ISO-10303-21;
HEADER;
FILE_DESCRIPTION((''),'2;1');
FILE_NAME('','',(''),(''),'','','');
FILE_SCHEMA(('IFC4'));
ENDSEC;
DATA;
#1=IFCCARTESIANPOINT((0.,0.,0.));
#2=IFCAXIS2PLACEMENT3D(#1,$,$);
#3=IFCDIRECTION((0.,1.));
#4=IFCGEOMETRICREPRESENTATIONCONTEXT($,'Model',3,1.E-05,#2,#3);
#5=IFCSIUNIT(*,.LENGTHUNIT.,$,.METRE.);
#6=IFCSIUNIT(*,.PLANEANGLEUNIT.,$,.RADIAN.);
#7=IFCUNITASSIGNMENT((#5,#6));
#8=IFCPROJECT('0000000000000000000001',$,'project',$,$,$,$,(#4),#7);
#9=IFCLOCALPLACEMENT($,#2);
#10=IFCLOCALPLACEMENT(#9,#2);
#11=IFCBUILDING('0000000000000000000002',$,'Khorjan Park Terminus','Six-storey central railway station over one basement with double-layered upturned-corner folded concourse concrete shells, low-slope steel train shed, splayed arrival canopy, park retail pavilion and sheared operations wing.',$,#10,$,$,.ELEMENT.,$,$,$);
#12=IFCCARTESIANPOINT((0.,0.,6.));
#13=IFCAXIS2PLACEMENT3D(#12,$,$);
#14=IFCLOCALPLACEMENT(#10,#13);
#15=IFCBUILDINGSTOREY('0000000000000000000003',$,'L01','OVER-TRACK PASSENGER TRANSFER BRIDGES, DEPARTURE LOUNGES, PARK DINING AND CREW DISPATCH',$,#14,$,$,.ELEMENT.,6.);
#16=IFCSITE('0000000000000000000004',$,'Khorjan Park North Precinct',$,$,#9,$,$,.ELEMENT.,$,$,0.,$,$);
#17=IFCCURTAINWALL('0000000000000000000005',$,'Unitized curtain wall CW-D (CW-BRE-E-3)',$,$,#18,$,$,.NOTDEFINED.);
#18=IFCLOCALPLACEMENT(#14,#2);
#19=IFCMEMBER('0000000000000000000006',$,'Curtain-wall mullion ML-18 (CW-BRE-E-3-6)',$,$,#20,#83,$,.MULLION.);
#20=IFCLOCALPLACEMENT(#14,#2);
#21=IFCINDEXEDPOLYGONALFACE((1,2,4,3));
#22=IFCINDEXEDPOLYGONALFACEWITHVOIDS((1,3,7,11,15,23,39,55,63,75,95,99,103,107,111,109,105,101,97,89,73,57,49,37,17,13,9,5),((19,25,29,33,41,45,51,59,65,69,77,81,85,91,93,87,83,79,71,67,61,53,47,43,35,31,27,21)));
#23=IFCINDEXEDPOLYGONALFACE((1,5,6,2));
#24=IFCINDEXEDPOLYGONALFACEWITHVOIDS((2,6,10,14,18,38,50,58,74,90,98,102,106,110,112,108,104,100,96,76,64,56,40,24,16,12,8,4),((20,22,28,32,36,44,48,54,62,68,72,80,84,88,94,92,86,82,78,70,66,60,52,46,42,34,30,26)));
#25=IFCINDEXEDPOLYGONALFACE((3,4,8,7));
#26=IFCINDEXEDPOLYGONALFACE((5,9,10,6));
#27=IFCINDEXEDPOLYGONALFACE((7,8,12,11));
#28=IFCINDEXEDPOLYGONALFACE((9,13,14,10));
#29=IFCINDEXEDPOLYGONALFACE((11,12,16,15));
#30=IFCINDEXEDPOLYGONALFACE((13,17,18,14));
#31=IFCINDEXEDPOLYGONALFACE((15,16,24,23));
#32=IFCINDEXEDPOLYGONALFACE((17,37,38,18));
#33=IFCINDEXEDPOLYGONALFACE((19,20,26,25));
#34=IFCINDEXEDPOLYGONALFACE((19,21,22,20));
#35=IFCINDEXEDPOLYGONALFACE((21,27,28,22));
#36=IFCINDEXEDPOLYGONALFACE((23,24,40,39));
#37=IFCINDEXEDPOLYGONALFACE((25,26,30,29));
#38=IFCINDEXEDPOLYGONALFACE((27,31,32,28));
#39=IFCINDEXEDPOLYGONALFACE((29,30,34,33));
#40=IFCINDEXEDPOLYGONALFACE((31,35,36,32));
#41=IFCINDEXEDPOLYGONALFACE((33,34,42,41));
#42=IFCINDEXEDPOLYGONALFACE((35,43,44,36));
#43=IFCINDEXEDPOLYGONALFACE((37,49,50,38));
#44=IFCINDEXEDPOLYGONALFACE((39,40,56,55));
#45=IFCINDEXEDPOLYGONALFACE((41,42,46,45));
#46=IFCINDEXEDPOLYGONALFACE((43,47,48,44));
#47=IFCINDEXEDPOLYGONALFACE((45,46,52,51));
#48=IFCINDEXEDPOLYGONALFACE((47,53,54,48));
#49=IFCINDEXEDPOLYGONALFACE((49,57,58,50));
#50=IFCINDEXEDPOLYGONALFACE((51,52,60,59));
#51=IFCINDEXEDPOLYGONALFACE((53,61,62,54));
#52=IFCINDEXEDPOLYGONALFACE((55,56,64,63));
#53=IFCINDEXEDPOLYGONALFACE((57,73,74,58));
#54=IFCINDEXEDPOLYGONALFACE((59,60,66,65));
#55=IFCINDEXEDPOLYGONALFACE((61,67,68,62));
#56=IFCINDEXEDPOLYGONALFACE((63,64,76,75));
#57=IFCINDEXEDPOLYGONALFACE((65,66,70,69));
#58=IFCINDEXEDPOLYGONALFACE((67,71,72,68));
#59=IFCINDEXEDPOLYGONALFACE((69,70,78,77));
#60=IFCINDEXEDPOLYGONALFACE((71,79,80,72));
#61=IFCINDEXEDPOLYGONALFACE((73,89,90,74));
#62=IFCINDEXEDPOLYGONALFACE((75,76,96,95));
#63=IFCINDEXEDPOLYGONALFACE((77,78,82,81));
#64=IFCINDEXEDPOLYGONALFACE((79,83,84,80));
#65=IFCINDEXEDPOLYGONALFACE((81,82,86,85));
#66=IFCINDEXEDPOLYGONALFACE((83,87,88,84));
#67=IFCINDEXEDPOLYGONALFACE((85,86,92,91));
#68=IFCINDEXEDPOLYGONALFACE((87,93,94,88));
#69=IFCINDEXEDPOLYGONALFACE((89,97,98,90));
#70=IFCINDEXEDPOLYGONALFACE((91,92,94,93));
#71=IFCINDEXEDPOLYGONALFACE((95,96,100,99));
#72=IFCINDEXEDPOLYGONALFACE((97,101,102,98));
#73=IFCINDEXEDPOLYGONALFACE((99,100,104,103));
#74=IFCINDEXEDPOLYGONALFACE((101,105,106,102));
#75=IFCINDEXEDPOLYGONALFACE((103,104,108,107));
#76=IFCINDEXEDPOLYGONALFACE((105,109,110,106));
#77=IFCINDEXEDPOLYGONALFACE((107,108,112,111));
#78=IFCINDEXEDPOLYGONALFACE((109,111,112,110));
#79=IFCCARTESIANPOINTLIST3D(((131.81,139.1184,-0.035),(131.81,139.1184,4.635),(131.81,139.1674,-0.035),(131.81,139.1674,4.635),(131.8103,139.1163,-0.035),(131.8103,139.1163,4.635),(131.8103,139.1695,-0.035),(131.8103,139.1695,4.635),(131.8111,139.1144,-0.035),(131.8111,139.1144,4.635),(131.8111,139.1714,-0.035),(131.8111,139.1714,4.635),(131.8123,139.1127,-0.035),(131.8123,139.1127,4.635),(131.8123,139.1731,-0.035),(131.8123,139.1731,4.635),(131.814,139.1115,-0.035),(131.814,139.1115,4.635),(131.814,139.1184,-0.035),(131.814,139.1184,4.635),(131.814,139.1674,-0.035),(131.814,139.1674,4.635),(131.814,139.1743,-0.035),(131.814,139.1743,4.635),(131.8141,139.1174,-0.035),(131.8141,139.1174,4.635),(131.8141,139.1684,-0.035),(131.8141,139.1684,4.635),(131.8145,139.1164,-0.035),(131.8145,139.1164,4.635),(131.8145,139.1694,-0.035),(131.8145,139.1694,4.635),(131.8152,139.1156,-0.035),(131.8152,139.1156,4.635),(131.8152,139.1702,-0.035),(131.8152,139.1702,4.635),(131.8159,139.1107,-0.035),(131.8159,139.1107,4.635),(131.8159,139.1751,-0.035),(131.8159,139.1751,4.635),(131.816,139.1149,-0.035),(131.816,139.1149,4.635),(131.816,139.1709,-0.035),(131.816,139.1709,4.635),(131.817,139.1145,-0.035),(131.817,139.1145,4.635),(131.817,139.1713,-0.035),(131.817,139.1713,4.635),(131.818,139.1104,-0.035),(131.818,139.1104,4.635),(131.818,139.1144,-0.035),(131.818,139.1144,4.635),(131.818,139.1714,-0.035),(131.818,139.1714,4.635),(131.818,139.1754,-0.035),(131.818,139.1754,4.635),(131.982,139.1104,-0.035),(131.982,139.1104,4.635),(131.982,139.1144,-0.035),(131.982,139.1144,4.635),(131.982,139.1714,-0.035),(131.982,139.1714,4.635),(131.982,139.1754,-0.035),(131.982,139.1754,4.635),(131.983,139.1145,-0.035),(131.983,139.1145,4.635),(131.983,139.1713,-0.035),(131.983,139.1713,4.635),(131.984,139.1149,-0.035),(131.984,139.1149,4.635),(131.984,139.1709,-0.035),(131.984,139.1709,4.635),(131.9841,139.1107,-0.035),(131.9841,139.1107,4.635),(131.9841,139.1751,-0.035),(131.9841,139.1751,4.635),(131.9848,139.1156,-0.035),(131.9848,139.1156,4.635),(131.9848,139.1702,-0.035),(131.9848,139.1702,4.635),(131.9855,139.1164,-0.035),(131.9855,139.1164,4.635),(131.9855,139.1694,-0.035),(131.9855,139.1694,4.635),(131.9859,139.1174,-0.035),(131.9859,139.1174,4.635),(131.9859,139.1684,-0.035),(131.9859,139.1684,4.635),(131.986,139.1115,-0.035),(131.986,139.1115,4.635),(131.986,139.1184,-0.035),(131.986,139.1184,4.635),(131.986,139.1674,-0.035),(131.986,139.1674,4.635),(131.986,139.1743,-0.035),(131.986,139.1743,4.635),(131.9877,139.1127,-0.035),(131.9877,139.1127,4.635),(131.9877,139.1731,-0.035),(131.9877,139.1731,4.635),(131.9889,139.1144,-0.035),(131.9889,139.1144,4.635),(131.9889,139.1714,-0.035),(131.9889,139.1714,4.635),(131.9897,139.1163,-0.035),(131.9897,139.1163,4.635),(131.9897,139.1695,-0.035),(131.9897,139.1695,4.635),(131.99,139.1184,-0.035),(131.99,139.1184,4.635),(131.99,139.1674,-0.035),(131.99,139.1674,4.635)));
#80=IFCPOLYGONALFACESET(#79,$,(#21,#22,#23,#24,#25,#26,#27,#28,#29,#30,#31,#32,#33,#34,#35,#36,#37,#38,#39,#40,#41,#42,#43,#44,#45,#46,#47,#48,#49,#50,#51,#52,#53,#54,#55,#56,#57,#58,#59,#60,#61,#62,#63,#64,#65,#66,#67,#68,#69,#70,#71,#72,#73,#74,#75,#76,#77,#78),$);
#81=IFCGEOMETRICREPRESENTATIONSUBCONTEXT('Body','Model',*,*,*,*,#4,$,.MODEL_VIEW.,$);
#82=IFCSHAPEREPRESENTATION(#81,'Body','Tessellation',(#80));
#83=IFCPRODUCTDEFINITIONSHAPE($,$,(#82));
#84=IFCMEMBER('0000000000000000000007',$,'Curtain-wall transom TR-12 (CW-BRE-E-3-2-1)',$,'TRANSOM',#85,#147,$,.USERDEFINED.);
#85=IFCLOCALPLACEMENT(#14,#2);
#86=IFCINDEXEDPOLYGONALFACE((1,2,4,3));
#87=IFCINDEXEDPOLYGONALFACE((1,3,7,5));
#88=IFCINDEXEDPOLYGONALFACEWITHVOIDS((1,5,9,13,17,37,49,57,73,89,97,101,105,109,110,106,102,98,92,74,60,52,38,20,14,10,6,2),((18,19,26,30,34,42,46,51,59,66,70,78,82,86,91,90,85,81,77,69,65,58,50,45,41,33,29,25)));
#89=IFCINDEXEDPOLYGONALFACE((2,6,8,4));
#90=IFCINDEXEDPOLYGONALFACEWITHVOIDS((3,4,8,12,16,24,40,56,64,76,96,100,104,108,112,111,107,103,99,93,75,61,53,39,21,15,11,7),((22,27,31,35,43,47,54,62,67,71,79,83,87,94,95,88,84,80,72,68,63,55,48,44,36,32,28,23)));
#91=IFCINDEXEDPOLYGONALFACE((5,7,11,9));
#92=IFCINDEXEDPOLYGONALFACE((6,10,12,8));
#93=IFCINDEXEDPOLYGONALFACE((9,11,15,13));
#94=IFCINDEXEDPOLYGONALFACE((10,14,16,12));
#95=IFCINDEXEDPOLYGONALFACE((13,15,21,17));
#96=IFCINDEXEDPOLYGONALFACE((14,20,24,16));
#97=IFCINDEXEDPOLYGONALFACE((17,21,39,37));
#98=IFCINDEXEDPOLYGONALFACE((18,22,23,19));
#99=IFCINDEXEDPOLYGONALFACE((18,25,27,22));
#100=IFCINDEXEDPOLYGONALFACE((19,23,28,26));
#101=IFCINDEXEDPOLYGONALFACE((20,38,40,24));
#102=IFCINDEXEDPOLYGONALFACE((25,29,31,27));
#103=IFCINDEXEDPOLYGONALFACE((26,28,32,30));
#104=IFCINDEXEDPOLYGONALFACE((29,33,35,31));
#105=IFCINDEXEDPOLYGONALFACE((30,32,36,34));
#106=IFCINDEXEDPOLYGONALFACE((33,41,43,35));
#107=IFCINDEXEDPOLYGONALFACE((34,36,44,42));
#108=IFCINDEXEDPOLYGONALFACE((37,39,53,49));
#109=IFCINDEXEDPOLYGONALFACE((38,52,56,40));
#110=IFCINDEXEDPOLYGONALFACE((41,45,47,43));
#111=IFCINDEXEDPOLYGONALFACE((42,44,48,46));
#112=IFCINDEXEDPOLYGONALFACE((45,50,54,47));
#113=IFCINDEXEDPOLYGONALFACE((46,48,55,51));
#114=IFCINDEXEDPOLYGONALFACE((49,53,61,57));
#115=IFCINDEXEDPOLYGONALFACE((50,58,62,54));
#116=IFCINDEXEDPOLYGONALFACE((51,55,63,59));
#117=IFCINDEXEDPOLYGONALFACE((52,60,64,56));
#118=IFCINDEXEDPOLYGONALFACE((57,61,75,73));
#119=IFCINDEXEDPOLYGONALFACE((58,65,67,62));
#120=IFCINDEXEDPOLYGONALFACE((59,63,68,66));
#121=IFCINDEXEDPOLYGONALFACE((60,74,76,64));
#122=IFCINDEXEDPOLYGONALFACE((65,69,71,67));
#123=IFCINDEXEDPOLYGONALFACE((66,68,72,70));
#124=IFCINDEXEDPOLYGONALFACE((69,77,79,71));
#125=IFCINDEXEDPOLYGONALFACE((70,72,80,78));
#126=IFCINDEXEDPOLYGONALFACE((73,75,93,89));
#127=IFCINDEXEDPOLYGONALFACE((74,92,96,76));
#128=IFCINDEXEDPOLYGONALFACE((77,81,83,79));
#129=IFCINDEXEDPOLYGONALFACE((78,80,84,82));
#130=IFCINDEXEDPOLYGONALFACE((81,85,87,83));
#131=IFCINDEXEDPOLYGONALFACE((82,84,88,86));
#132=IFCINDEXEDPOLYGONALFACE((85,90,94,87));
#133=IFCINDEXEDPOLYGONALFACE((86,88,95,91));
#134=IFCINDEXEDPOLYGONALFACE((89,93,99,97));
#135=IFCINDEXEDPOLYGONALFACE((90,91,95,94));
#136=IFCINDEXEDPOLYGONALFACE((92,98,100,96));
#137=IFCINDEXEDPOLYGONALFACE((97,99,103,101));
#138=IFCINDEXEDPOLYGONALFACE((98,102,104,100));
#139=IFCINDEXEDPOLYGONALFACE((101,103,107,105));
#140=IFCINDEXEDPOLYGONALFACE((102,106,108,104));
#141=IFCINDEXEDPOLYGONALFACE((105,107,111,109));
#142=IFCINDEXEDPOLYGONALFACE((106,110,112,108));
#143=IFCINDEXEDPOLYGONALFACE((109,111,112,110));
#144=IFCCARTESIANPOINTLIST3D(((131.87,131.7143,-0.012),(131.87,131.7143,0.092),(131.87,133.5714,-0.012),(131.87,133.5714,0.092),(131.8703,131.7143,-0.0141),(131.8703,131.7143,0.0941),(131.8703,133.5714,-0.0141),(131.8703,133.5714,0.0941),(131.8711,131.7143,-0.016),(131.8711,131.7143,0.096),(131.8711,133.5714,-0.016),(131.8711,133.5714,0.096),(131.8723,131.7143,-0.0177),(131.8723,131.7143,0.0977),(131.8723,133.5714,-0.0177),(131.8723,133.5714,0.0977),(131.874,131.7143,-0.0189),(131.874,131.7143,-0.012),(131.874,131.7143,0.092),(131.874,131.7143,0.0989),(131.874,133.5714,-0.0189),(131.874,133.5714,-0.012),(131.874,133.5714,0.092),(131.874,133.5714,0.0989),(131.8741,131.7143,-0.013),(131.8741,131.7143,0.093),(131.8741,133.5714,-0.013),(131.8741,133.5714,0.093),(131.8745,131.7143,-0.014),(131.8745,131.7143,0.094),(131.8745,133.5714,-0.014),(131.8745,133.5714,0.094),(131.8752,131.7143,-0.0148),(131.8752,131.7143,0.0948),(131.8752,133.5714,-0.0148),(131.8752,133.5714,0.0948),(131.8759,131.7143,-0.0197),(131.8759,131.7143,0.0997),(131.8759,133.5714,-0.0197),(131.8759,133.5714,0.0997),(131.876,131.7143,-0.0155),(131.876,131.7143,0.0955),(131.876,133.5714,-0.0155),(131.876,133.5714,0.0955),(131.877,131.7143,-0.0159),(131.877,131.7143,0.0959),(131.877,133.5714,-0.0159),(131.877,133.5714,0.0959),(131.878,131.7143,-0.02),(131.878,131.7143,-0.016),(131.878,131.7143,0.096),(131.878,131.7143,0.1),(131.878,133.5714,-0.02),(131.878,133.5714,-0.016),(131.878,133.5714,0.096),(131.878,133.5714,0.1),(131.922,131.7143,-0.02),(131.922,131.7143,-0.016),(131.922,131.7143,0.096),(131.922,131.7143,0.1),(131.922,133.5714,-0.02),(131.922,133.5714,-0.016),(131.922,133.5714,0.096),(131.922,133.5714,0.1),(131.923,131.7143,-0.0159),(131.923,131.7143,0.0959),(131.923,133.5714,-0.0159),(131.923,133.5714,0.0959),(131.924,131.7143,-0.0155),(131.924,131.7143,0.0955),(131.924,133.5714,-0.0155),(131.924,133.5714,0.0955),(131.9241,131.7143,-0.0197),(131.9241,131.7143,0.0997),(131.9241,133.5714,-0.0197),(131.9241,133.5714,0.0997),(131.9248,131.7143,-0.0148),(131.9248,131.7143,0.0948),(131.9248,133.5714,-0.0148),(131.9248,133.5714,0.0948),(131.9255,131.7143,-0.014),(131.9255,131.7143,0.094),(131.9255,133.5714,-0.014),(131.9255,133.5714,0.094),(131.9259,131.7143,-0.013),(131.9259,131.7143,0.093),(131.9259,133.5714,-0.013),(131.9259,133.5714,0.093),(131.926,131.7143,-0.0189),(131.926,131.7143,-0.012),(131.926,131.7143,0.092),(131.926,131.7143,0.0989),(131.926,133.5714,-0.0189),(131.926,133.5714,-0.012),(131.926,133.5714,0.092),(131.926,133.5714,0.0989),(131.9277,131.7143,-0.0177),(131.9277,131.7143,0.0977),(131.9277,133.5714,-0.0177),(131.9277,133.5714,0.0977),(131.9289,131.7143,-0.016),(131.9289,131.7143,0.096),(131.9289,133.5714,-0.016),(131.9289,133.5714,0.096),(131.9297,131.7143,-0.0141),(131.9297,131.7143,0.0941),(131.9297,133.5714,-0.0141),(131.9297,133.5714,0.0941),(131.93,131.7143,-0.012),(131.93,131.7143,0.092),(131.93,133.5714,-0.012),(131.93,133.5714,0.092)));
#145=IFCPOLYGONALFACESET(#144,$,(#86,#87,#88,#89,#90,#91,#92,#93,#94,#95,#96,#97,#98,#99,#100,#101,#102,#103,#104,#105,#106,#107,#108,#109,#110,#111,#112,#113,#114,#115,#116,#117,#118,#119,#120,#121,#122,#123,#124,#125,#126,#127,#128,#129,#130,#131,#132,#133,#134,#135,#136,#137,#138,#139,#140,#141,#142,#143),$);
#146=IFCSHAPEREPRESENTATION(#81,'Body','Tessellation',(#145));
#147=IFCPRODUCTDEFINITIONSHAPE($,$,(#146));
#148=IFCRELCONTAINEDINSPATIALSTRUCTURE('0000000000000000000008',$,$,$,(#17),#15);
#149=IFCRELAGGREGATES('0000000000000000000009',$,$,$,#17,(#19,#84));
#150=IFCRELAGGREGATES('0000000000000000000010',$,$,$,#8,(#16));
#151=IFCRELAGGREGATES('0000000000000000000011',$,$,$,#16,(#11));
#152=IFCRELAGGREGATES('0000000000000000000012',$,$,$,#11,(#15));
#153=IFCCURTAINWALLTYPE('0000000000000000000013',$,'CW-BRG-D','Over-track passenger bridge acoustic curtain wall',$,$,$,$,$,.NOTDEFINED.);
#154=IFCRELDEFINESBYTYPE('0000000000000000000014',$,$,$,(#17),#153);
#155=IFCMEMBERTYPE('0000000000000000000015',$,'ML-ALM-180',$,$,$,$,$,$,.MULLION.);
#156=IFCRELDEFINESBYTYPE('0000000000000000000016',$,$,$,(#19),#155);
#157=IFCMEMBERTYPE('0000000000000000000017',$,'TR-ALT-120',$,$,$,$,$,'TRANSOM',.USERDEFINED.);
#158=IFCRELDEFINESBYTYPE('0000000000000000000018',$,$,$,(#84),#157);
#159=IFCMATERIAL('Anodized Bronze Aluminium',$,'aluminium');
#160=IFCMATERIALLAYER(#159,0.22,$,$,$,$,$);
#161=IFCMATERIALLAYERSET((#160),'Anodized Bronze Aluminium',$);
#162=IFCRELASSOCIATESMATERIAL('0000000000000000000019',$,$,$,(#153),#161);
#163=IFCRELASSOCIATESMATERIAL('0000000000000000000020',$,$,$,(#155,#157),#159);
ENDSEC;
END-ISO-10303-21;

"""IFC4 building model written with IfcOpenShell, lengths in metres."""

from ifc_helpers import new_model, si_unit, direction, frame, origin, origin_2d, place, context, subcontext, project, spatial, hollow_rectangle, extrude, material, layer, layer_set, material_profile, profile_set, type_object, element, aggregate, save


model = new_model("IFC4")

# Units and contexts
model_context = context("Model", 3, precision=1e-05, world=origin(), true_north=direction((0.0, 1.0)))
body_context = subcontext(model_context, "Body", "Model", "MODEL_VIEW")
ifc_project = project(units=[si_unit("LENGTHUNIT", "METRE"), si_unit("PLANEANGLEUNIT", "RADIAN")], contexts=[model_context])

# Site, building, storey
site_placement = place(None, origin())
site = spatial("IfcSite", under=ifc_project, at=site_placement, Name="Khorjan Park North Precinct", CompositionType="ELEMENT", RefElevation=0.0)
building_placement = place(site_placement, origin())
building = spatial("IfcBuilding", under=site, at=building_placement, Name="Khorjan Park Terminus", Description="Six-storey central railway station over one basement with double-layered upturned-corner folded concourse concrete shells, low-slope steel train shed, splayed arrival canopy, park retail pavilion and sheared operations wing.", CompositionType="ELEMENT")
storey_placement = place(building_placement, frame((0.0, 0.0, 6.0)))
storey = spatial("IfcBuildingStorey", under=building, at=storey_placement, Name="L01", Description="OVER-TRACK PASSENGER TRANSFER BRIDGES, DEPARTURE LOUNGES, PARK DINING AND CREW DISPATCH", CompositionType="ELEMENT", Elevation=6.0)

# Curtain wall, members
ifc_material_1 = material(Name="Anodized Bronze Aluminium", Category="aluminium")
ifc_layer_1 = layer(ifc_material_1, 0.22)
ifc_layer_set_1 = layer_set([ifc_layer_1], Name="Anodized Bronze Aluminium")
curtain_wall_type = type_object("IfcCurtainWallType", Name="CW-BRG-D", Description="Over-track passenger bridge acoustic curtain wall", PredefinedType="NOTDEFINED", material=ifc_layer_set_1)
curtain_wall_placement = place(storey_placement, origin())
curtain_wall = element("IfcCurtainWall", 1, at=curtain_wall_placement, inside=storey, type_object=curtain_wall_type, Name="Unitized curtain wall CW-D (CW-BRE-E-3)", PredefinedType="NOTDEFINED")
ifc_material_profile_1 = material_profile(ifc_material_1, hollow_rectangle(XDim=0.065, YDim=0.18, WallThickness=0.004, InnerFilletRadius=0.004, OuterFilletRadius=0.008, at=origin_2d()), Name="ALM 65x180x4")
ifc_profile_set_1 = profile_set([ifc_material_profile_1], Name="Anodized Bronze Aluminium")
member_type_1 = type_object("IfcMemberType", Name="ML-ALM-180", PredefinedType="MULLION", material=ifc_profile_set_1)
member_1_placement = place(storey_placement, frame((131.9, 139.1429, -0.035), z_axis=(0.0, 0.0, 1.0), x_axis=(0.0, 1.0, 0.0)))
member_1 = element("IfcMember", 2, at=member_1_placement, type_object=member_type_1, Name="Curtain-wall mullion ML-18 (CW-BRE-E-3-6)", PredefinedType="MULLION", context=body_context, shape_type="SweptSolid", body=[
    extrude(hollow_rectangle(XDim=0.065, YDim=0.18, WallThickness=0.004, InnerFilletRadius=0.004, OuterFilletRadius=0.008, at=origin_2d()), origin(), (0.0, 0.0, 1.0), 4.67),
])
ifc_material_profile_2 = material_profile(ifc_material_1, hollow_rectangle(XDim=0.06, YDim=0.12, WallThickness=0.004, InnerFilletRadius=0.004, OuterFilletRadius=0.008, at=origin_2d()), Name="ALT 60x120x4")
ifc_profile_set_2 = profile_set([ifc_material_profile_2], Name="Anodized Bronze Aluminium")
member_type_2 = type_object("IfcMemberType", Name="TR-ALT-120", ElementType="TRANSOM", PredefinedType="USERDEFINED", material=ifc_profile_set_2)
member_2_placement = place(storey_placement, frame((131.9, 131.7143, 0.04), z_axis=(0.0, 1.0, 0.0), x_axis=(-1.0, 0.0, 0.0)))
member_2 = element("IfcMember", 3, at=member_2_placement, type_object=member_type_2, Name="Curtain-wall transom TR-12 (CW-BRE-E-3-2-1)", ObjectType="TRANSOM", PredefinedType="USERDEFINED", context=body_context, shape_type="SweptSolid", body=[
    extrude(hollow_rectangle(XDim=0.06, YDim=0.12, WallThickness=0.004, InnerFilletRadius=0.004, OuterFilletRadius=0.008, at=origin_2d()), origin(), (0.0, 0.0, 1.0), 1.8571),
])
aggregate(curtain_wall, [member_1, member_2])

save(model, "model.ifc")
